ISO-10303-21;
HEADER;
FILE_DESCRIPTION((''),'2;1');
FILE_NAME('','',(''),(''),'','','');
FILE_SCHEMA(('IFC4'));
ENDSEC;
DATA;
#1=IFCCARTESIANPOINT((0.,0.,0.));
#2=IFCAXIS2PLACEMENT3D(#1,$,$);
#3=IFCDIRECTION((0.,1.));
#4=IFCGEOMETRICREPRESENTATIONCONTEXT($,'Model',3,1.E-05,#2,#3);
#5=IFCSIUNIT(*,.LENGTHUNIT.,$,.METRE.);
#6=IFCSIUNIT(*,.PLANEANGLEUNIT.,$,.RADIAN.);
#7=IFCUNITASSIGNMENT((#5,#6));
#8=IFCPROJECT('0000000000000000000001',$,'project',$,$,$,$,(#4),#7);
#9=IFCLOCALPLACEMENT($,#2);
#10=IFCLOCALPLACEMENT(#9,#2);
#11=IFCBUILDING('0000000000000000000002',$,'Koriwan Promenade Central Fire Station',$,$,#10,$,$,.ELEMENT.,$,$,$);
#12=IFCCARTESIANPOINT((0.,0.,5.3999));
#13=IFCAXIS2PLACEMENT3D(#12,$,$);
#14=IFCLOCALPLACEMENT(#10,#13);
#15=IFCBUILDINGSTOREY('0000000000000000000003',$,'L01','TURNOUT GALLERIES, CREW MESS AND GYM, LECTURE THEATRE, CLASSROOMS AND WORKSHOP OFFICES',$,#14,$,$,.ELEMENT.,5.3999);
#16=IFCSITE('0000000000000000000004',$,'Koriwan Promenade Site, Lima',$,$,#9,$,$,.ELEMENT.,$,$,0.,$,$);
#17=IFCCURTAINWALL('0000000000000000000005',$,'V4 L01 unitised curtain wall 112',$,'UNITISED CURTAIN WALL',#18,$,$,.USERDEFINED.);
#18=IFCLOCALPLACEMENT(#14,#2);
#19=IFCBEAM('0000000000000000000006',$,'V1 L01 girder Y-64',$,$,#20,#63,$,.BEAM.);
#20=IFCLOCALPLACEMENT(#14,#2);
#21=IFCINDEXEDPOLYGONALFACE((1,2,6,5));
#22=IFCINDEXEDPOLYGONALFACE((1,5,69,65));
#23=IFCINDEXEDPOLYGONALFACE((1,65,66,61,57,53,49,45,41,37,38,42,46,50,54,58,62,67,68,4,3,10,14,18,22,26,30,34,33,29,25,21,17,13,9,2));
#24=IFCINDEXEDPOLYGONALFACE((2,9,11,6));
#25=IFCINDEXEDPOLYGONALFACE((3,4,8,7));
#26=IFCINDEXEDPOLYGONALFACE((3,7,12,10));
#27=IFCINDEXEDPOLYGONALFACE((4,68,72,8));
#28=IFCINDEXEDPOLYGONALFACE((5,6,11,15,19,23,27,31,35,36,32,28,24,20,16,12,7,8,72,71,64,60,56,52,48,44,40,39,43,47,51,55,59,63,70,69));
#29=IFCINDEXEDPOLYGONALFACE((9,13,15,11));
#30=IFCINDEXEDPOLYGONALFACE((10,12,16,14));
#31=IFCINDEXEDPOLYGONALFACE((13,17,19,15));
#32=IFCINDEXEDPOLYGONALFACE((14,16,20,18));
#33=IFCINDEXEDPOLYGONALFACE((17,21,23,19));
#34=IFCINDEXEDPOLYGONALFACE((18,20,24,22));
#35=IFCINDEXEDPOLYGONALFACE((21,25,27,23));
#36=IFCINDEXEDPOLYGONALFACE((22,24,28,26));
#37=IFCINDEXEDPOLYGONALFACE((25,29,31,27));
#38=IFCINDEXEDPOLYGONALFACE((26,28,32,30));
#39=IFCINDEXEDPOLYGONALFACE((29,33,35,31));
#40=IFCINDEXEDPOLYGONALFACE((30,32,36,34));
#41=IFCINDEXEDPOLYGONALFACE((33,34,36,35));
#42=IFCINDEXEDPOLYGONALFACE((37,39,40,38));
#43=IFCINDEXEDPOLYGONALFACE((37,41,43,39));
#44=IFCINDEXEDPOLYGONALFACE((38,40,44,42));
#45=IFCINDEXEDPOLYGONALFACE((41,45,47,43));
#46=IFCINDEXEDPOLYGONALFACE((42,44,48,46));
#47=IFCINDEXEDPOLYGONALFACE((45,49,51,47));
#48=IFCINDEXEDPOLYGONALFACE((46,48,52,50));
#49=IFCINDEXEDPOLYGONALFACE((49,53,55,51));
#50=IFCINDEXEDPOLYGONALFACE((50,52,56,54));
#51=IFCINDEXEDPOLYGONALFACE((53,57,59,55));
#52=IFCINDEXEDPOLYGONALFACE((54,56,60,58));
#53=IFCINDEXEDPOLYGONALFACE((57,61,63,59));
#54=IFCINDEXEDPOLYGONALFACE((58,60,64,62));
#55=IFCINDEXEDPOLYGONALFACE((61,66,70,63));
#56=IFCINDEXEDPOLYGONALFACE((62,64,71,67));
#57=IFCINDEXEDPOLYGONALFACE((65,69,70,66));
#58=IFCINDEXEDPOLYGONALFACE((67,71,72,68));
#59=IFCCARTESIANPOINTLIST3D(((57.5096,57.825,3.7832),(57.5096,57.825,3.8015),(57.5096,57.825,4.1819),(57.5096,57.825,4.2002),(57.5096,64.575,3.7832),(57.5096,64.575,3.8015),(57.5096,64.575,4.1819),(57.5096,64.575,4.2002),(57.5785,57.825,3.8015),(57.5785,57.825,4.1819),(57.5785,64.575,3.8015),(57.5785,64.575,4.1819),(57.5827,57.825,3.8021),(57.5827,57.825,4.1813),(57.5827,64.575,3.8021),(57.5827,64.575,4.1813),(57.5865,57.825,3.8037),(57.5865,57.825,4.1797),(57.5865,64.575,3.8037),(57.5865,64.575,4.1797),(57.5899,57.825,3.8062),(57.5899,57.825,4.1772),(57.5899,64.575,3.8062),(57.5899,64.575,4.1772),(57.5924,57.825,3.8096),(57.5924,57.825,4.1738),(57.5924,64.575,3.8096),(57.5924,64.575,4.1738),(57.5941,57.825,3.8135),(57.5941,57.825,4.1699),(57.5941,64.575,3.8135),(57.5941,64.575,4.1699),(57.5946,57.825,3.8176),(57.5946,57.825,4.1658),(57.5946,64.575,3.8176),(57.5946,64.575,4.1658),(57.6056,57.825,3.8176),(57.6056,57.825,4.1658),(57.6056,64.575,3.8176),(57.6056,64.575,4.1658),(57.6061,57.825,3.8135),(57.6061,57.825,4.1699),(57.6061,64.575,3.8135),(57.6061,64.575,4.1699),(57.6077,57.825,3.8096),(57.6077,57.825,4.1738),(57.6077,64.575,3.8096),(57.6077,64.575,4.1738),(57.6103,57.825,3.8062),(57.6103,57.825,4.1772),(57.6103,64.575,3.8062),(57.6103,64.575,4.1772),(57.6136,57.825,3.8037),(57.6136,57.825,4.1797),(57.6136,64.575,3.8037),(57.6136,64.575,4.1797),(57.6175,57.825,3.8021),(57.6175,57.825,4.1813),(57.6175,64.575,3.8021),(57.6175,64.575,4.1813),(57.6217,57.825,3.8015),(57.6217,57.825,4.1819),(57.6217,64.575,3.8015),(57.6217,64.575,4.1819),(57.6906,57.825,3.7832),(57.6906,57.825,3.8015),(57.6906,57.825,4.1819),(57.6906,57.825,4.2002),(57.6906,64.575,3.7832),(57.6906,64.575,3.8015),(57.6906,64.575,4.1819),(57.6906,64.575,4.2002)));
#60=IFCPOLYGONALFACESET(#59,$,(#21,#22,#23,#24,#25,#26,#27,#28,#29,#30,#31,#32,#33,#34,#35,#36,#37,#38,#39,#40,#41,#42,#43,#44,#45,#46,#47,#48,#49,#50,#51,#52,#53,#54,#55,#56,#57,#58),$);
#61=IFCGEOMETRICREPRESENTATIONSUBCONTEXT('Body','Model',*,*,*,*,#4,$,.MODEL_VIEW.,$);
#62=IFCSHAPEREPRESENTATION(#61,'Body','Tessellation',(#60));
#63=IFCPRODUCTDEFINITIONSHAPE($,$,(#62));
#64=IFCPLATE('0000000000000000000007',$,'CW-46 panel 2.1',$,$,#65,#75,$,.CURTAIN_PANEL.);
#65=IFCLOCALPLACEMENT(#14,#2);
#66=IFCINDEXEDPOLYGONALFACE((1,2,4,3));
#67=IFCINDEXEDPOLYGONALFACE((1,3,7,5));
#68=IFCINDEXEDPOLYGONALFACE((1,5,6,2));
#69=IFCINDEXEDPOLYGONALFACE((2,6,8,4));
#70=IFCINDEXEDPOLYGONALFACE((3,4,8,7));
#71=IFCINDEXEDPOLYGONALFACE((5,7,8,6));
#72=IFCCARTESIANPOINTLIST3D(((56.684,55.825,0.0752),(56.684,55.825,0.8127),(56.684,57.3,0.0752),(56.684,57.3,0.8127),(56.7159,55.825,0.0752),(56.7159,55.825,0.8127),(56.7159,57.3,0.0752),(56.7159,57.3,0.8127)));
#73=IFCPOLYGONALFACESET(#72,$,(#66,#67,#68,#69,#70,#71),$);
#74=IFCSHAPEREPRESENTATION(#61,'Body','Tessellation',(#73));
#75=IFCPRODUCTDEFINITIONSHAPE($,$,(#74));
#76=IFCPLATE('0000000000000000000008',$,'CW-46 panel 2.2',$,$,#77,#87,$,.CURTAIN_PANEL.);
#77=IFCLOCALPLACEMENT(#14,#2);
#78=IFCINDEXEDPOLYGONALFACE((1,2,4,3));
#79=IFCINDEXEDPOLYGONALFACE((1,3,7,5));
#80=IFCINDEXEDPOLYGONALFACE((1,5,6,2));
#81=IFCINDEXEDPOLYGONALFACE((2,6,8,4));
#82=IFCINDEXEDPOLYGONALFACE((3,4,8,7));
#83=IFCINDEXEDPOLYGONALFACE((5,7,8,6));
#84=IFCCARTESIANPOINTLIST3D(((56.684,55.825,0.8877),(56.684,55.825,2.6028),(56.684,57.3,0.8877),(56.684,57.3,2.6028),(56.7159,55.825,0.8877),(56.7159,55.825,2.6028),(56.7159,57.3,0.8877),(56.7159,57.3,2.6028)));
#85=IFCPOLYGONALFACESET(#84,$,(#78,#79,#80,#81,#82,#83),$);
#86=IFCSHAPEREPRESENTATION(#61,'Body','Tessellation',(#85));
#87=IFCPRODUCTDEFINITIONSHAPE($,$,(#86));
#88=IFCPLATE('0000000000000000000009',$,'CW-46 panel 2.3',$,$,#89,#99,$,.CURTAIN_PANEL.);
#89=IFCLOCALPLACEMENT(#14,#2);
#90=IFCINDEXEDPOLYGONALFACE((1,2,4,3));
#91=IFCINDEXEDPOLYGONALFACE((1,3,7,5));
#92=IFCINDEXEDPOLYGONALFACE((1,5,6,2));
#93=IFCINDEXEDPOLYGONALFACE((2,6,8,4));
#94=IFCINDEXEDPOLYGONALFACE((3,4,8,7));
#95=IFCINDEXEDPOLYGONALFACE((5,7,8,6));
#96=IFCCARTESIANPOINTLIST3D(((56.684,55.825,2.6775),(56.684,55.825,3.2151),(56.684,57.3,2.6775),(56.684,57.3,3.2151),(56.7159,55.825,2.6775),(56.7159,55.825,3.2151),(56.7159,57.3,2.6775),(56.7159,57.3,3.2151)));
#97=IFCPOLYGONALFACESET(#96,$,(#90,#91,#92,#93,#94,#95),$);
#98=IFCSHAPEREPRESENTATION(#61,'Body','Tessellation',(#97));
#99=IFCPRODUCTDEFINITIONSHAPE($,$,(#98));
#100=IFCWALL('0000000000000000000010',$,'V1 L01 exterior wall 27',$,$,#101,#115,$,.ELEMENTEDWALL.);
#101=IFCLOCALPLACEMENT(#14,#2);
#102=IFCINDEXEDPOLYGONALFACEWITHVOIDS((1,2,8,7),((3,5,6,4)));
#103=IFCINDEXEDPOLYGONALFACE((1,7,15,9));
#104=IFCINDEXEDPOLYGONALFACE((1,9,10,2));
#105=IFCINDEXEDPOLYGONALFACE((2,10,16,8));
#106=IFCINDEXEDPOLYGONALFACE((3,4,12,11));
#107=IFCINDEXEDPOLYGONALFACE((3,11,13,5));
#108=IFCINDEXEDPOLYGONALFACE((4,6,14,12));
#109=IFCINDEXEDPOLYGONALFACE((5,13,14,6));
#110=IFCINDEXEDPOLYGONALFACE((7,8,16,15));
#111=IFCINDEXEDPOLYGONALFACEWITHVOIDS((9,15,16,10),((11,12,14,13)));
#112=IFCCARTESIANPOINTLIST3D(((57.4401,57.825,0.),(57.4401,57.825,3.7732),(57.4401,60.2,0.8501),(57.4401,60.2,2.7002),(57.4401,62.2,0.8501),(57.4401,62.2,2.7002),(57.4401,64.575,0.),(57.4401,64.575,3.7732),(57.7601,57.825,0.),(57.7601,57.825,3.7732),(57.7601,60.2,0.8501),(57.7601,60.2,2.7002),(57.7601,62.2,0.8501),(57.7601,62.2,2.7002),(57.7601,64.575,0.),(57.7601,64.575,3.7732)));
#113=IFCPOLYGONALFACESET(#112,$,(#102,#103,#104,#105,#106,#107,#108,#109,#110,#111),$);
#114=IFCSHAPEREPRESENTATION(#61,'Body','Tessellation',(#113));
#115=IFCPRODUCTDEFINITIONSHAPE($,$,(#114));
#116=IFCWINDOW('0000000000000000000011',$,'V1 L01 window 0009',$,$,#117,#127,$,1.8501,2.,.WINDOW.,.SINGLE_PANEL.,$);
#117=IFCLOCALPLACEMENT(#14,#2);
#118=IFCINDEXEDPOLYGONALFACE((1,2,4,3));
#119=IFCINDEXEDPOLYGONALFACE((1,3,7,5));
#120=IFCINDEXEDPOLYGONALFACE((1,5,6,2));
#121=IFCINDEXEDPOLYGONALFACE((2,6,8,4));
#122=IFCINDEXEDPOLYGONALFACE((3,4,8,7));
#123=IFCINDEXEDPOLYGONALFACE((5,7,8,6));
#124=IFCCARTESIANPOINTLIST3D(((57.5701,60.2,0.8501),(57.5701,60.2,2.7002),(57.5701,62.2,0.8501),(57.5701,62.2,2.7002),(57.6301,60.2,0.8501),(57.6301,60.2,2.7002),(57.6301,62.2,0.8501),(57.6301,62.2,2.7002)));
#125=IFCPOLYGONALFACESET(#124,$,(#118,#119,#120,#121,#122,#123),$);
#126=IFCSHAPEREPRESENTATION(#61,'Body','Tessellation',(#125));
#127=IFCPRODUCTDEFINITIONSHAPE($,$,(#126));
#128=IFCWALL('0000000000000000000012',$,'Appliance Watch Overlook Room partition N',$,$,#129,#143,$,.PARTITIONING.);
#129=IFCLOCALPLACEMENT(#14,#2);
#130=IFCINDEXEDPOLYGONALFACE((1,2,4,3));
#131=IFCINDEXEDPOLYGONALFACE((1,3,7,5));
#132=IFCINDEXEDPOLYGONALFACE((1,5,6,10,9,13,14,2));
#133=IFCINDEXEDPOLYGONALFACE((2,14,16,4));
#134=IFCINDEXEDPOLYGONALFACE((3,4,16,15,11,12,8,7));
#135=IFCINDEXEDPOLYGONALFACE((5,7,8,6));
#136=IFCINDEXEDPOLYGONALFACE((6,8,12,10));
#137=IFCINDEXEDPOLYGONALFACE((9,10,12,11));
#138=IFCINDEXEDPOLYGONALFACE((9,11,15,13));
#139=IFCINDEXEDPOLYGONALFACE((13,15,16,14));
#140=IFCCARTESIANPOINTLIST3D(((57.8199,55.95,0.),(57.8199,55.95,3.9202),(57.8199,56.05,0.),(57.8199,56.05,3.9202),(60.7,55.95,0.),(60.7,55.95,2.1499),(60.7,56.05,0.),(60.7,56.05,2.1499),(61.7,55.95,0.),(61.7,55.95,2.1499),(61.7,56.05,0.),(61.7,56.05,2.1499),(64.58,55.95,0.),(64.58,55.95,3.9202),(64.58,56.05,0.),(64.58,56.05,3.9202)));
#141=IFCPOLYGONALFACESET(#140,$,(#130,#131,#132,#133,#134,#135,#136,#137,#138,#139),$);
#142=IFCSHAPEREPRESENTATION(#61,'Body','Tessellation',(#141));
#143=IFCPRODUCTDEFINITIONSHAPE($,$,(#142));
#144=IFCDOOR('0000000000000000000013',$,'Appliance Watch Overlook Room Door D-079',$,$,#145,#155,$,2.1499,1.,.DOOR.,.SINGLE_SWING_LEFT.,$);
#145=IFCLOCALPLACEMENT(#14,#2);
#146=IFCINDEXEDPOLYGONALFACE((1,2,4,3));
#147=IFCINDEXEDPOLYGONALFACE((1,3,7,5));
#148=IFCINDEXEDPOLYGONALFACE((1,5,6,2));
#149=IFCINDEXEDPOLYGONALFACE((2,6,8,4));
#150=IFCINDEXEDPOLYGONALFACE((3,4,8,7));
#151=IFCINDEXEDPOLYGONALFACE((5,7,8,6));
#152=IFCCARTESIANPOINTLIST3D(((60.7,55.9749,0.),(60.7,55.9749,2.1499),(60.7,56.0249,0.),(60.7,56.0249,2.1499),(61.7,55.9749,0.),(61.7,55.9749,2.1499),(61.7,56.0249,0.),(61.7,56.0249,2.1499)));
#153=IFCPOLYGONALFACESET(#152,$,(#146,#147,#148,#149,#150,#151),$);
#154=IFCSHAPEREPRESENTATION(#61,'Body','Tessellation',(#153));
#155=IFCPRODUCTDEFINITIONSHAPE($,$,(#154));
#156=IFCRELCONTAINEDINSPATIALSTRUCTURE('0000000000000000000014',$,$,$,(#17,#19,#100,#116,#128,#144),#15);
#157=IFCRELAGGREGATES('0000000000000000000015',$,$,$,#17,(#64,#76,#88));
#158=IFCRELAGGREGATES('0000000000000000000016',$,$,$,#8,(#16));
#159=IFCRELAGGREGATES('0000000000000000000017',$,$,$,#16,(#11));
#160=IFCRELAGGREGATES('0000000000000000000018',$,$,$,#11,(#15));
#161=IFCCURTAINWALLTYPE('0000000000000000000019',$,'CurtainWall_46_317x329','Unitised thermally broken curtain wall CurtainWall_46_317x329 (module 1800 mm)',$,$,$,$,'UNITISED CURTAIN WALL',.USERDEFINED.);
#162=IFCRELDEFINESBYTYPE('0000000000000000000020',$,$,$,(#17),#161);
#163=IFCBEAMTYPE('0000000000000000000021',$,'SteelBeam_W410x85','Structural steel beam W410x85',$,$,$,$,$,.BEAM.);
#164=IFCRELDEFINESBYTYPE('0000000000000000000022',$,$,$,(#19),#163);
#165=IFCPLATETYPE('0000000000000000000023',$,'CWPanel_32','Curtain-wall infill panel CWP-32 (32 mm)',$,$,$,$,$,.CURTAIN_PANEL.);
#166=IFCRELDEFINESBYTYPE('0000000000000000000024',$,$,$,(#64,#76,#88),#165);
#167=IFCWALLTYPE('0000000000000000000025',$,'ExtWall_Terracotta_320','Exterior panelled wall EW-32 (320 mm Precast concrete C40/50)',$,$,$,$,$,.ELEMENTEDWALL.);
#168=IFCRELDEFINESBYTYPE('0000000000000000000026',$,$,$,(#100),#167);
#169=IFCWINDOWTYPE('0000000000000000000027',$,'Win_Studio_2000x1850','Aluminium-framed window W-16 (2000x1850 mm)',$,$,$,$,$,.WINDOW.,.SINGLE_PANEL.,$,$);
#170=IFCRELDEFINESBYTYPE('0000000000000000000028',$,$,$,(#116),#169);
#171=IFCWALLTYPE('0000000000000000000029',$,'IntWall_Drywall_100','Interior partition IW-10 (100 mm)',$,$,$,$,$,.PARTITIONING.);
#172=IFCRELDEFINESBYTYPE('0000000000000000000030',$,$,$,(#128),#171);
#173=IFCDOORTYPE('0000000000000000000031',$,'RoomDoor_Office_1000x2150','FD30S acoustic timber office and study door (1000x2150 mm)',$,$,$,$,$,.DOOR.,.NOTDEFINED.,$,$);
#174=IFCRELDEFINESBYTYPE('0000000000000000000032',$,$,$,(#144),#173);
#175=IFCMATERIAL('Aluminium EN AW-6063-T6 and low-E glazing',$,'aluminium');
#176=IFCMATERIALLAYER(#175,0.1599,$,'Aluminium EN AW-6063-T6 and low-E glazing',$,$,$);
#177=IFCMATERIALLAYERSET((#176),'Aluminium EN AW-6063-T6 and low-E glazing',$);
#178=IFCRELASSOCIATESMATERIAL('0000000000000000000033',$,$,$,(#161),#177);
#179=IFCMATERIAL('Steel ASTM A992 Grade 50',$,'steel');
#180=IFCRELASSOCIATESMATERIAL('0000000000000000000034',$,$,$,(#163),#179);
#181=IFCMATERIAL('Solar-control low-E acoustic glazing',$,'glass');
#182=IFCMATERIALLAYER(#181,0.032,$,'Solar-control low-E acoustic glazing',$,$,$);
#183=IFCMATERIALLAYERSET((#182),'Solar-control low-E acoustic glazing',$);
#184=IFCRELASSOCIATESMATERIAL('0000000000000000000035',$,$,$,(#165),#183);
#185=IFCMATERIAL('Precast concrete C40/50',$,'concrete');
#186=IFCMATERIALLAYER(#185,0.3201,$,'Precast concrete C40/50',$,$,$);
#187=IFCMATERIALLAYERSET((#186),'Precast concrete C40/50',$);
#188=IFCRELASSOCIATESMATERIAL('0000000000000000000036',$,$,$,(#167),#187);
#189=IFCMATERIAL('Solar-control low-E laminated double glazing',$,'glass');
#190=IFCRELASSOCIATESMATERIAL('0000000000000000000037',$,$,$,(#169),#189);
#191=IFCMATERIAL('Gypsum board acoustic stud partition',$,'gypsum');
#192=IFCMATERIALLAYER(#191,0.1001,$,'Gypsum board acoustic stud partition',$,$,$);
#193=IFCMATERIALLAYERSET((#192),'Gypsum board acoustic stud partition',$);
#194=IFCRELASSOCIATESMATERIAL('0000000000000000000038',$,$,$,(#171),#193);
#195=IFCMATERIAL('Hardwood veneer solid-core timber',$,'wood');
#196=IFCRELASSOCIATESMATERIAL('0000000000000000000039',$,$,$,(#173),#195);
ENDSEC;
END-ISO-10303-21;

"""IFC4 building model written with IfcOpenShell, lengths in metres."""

from ifc_helpers import new_model, si_unit, direction, frame, frame_2d, origin, origin_2d, place, context, subcontext, project, spatial, rectangle, i_section, extrude, material, layer, layer_set, material_profile, profile_set, type_object, element, fill, aggregate, save


model = new_model("IFC4")

# Units and contexts
model_context = context("Model", 3, precision=1e-05, world=origin(), true_north=direction((0.0, 1.0)))
body_context = subcontext(model_context, "Body", "Model", "MODEL_VIEW")
ifc_project = project(units=[si_unit("LENGTHUNIT", "METRE"), si_unit("PLANEANGLEUNIT", "RADIAN")], contexts=[model_context])

# Site, building, storey
site_placement = place(None, origin())
site = spatial("IfcSite", under=ifc_project, at=site_placement, Name="Koriwan Promenade Site, Lima", CompositionType="ELEMENT", RefElevation=0.0)
building_placement = place(site_placement, origin())
building = spatial("IfcBuilding", under=site, at=building_placement, Name="Koriwan Promenade Central Fire Station", CompositionType="ELEMENT")
storey_placement = place(building_placement, frame((0.0, 0.0, 5.3999)))
storey = spatial("IfcBuildingStorey", under=building, at=storey_placement, Name="L01", Description="TURNOUT GALLERIES, CREW MESS AND GYM, LECTURE THEATRE, CLASSROOMS AND WORKSHOP OFFICES", CompositionType="ELEMENT", Elevation=5.3999)

# Curtain wall
ifc_material_1 = material(Name="Aluminium EN AW-6063-T6 and low-E glazing", Category="aluminium")
ifc_layer_1 = layer(ifc_material_1, 0.1599, Name="Aluminium EN AW-6063-T6 and low-E glazing")
ifc_layer_set_1 = layer_set([ifc_layer_1], Name="Aluminium EN AW-6063-T6 and low-E glazing")
curtain_wall_type_1 = type_object("IfcCurtainWallType", Name="CurtainWall_46_317x329", Description="Unitised thermally broken curtain wall CurtainWall_46_317x329 (module 1800 mm)", ElementType="UNITISED CURTAIN WALL", PredefinedType="USERDEFINED", material=ifc_layer_set_1)
curtain_wall_1_placement = place(storey_placement, origin())
curtain_wall_1 = element("IfcCurtainWall", 1, at=curtain_wall_1_placement, inside=storey, type_object=curtain_wall_type_1, Name="V4 L01 unitised curtain wall 112", ObjectType="UNITISED CURTAIN WALL", PredefinedType="USERDEFINED")

# Beam
ifc_material_2 = material(Name="Steel ASTM A992 Grade 50", Category="steel")
ifc_material_profile_1 = material_profile(ifc_material_2, i_section(OverallWidth=0.1809, OverallDepth=0.417, WebThickness=0.011, FlangeThickness=0.0183, FilletRadius=0.0161, at=origin_2d()), Name="W410x85")
ifc_profile_set_1 = profile_set([ifc_material_profile_1], Name="Steel ASTM A992 Grade 50")
beam_type_1 = type_object("IfcBeamType", Name="SteelBeam_W410x85", Description="Structural steel beam W410x85", PredefinedType="BEAM", material=ifc_profile_set_1)
beam_1_placement = place(storey_placement, frame((57.6001, 57.825, 3.9917), z_axis=(0.0, 1.0, 0.0), x_axis=(-1.0, 0.0, 0.0)))
element("IfcBeam", 2, at=beam_1_placement, inside=storey, type_object=beam_type_1, Name="V1 L01 girder Y-64", PredefinedType="BEAM", context=body_context, shape_type="SweptSolid", body=[
    extrude(i_section(OverallWidth=0.1809, OverallDepth=0.417, WebThickness=0.011, FlangeThickness=0.0183, FilletRadius=0.0161, at=origin_2d()), origin(), (0.0, 0.0, 1.0), 6.75),
])

# Plates
ifc_material_3 = material(Name="Solar-control low-E acoustic glazing", Category="glass")
ifc_layer_2 = layer(ifc_material_3, 0.032, Name="Solar-control low-E acoustic glazing")
ifc_layer_set_2 = layer_set([ifc_layer_2], Name="Solar-control low-E acoustic glazing")
plate_type = type_object("IfcPlateType", Name="CWPanel_32", Description="Curtain-wall infill panel CWP-32 (32 mm)", PredefinedType="CURTAIN_PANEL", material=ifc_layer_set_2)
plate_1_placement = place(storey_placement, frame((56.7, 56.5625, 0.0752), z_axis=(0.0, 0.0, 1.0), x_axis=(0.0, 1.0, 0.0)))
plate_1 = element("IfcPlate", 3, at=plate_1_placement, type_object=plate_type, Name="CW-46 panel 2.1", PredefinedType="CURTAIN_PANEL", context=body_context, shape_type="SweptSolid", body=[
    extrude(rectangle(XDim=1.4751, YDim=0.032, at=origin_2d()), origin(), (0.0, 0.0, 1.0), 0.7375),
])
plate_2_placement = place(storey_placement, frame((56.7, 56.5625, 0.8877), z_axis=(0.0, 0.0, 1.0), x_axis=(0.0, 1.0, 0.0)))
plate_2 = element("IfcPlate", 4, at=plate_2_placement, type_object=plate_type, Name="CW-46 panel 2.2", PredefinedType="CURTAIN_PANEL", context=body_context, shape_type="SweptSolid", body=[
    extrude(rectangle(XDim=1.4751, YDim=0.032, at=origin_2d()), origin(), (0.0, 0.0, 1.0), 1.7151),
])
plate_3_placement = place(storey_placement, frame((56.7, 56.5625, 2.6775), z_axis=(0.0, 0.0, 1.0), x_axis=(0.0, 1.0, 0.0)))
plate_3 = element("IfcPlate", 5, at=plate_3_placement, type_object=plate_type, Name="CW-46 panel 2.3", PredefinedType="CURTAIN_PANEL", context=body_context, shape_type="SweptSolid", body=[
    extrude(rectangle(XDim=1.4751, YDim=0.032, at=origin_2d()), origin(), (0.0, 0.0, 1.0), 0.5376),
])
aggregate(curtain_wall_1, [plate_1, plate_2, plate_3])

# Wall, opening, window
ifc_material_4 = material(Name="Precast concrete C40/50", Category="concrete")
ifc_layer_3 = layer(ifc_material_4, 0.3201, Name="Precast concrete C40/50")
ifc_layer_set_3 = layer_set([ifc_layer_3], Name="Precast concrete C40/50")
wall_type_1 = type_object("IfcWallType", Name="ExtWall_Terracotta_320", Description="Exterior panelled wall EW-32 (320 mm Precast concrete C40/50)", PredefinedType="ELEMENTEDWALL", material=ifc_layer_set_3)
wall_1_placement = place(storey_placement, frame((57.6001, 57.825, 0.0), z_axis=(0.0, 0.0, 1.0), x_axis=(0.0, 1.0, 0.0)))
wall_1 = element("IfcWall", 6, at=wall_1_placement, inside=storey, type_object=wall_type_1, Name="V1 L01 exterior wall 27", PredefinedType="ELEMENTEDWALL", context=body_context, shape_type="SweptSolid", body=[
    extrude(rectangle(XDim=6.75, YDim=0.3201, at=frame_2d((3.375, 0.0))), origin(), (0.0, 0.0, 1.0), 3.7732),
])
opening_1_placement = place(wall_1_placement, frame((2.375, 0.0, 0.8501)))
opening_1 = element("IfcOpeningElement", 7, at=opening_1_placement, cuts=wall_1, PredefinedType="OPENING", context=body_context, shape_type="SweptSolid", body=[
    extrude(rectangle(XDim=2.0, YDim=1.8501, at=frame_2d((1.0, 0.925))), frame((0.0, 0.1719, 0.0), z_axis=(0.0, -1.0, 0.0), x_axis=(1.0, 0.0, 0.0)), (0.0, 0.0, 1.0), 0.344),
])
ifc_material_5 = material(Name="Solar-control low-E laminated double glazing", Category="glass")
window_type = type_object("IfcWindowType", Name="Win_Studio_2000x1850", Description="Aluminium-framed window W-16 (2000x1850 mm)", PartitioningType="SINGLE_PANEL", PredefinedType="WINDOW", material=ifc_material_5)
window_placement = place(opening_1_placement, origin())
window = element("IfcWindow", 8, at=window_placement, inside=storey, type_object=window_type, Name="V1 L01 window 0009", OverallHeight=1.8501, OverallWidth=2.0, PartitioningType="SINGLE_PANEL", PredefinedType="WINDOW", context=body_context, shape_type="SweptSolid", body=[
    extrude(rectangle(XDim=2.0, YDim=1.8501, at=frame_2d((1.0, 0.925))), frame((0.0, 0.03, 0.0), z_axis=(0.0, -1.0, 0.0), x_axis=(1.0, 0.0, 0.0)), (0.0, 0.0, 1.0), 0.0601),
])
fill(opening_1, window)

# Wall, opening, door
ifc_material_6 = material(Name="Gypsum board acoustic stud partition", Category="gypsum")
ifc_layer_4 = layer(ifc_material_6, 0.1001, Name="Gypsum board acoustic stud partition")
ifc_layer_set_4 = layer_set([ifc_layer_4], Name="Gypsum board acoustic stud partition")
wall_type_2 = type_object("IfcWallType", Name="IntWall_Drywall_100", Description="Interior partition IW-10 (100 mm)", PredefinedType="PARTITIONING", material=ifc_layer_set_4)
wall_2_placement = place(storey_placement, frame((57.8201, 56.0, 0.0), z_axis=(0.0, 0.0, 1.0), x_axis=(1.0, 0.0, 0.0)))
wall_2 = element("IfcWall", 9, at=wall_2_placement, inside=storey, type_object=wall_type_2, Name="Appliance Watch Overlook Room partition N", PredefinedType="PARTITIONING", context=body_context, shape_type="SweptSolid", body=[
    extrude(rectangle(XDim=6.76, YDim=0.1001, at=frame_2d((3.3799, 0.0))), origin(), (0.0, 0.0, 1.0), 3.9202),
])
opening_2_placement = place(wall_2_placement, frame((2.8799, 0.0, 0.0)))
opening_2 = element("IfcOpeningElement", 10, at=opening_2_placement, cuts=wall_2, PredefinedType="OPENING", context=body_context, shape_type="SweptSolid", body=[
    extrude(rectangle(XDim=1.0, YDim=2.1499, at=frame_2d((0.5, 1.075))), frame((0.0, 0.062, 0.0), z_axis=(0.0, -1.0, 0.0), x_axis=(1.0, 0.0, 0.0)), (0.0, 0.0, 1.0), 0.124),
])
ifc_material_7 = material(Name="Hardwood veneer solid-core timber", Category="wood")
door_type = type_object("IfcDoorType", Name="RoomDoor_Office_1000x2150", Description="FD30S acoustic timber office and study door (1000x2150 mm)", OperationType="NOTDEFINED", PredefinedType="DOOR", material=ifc_material_7)
door_1_placement = place(opening_2_placement, origin())
door_1 = element("IfcDoor", 11, at=door_1_placement, inside=storey, type_object=door_type, Name="Appliance Watch Overlook Room Door D-079", OperationType="SINGLE_SWING_LEFT", OverallHeight=2.1499, OverallWidth=1.0, PredefinedType="DOOR", context=body_context, shape_type="SweptSolid", body=[
    extrude(rectangle(XDim=1.0, YDim=2.1499, at=frame_2d((0.5, 1.075))), frame((0.0, 0.0249, 0.0), z_axis=(0.0, -1.0, 0.0), x_axis=(1.0, 0.0, 0.0)), (0.0, 0.0, 1.0), 0.05),
])
fill(opening_2, door_1)

save(model, "model.ifc")
